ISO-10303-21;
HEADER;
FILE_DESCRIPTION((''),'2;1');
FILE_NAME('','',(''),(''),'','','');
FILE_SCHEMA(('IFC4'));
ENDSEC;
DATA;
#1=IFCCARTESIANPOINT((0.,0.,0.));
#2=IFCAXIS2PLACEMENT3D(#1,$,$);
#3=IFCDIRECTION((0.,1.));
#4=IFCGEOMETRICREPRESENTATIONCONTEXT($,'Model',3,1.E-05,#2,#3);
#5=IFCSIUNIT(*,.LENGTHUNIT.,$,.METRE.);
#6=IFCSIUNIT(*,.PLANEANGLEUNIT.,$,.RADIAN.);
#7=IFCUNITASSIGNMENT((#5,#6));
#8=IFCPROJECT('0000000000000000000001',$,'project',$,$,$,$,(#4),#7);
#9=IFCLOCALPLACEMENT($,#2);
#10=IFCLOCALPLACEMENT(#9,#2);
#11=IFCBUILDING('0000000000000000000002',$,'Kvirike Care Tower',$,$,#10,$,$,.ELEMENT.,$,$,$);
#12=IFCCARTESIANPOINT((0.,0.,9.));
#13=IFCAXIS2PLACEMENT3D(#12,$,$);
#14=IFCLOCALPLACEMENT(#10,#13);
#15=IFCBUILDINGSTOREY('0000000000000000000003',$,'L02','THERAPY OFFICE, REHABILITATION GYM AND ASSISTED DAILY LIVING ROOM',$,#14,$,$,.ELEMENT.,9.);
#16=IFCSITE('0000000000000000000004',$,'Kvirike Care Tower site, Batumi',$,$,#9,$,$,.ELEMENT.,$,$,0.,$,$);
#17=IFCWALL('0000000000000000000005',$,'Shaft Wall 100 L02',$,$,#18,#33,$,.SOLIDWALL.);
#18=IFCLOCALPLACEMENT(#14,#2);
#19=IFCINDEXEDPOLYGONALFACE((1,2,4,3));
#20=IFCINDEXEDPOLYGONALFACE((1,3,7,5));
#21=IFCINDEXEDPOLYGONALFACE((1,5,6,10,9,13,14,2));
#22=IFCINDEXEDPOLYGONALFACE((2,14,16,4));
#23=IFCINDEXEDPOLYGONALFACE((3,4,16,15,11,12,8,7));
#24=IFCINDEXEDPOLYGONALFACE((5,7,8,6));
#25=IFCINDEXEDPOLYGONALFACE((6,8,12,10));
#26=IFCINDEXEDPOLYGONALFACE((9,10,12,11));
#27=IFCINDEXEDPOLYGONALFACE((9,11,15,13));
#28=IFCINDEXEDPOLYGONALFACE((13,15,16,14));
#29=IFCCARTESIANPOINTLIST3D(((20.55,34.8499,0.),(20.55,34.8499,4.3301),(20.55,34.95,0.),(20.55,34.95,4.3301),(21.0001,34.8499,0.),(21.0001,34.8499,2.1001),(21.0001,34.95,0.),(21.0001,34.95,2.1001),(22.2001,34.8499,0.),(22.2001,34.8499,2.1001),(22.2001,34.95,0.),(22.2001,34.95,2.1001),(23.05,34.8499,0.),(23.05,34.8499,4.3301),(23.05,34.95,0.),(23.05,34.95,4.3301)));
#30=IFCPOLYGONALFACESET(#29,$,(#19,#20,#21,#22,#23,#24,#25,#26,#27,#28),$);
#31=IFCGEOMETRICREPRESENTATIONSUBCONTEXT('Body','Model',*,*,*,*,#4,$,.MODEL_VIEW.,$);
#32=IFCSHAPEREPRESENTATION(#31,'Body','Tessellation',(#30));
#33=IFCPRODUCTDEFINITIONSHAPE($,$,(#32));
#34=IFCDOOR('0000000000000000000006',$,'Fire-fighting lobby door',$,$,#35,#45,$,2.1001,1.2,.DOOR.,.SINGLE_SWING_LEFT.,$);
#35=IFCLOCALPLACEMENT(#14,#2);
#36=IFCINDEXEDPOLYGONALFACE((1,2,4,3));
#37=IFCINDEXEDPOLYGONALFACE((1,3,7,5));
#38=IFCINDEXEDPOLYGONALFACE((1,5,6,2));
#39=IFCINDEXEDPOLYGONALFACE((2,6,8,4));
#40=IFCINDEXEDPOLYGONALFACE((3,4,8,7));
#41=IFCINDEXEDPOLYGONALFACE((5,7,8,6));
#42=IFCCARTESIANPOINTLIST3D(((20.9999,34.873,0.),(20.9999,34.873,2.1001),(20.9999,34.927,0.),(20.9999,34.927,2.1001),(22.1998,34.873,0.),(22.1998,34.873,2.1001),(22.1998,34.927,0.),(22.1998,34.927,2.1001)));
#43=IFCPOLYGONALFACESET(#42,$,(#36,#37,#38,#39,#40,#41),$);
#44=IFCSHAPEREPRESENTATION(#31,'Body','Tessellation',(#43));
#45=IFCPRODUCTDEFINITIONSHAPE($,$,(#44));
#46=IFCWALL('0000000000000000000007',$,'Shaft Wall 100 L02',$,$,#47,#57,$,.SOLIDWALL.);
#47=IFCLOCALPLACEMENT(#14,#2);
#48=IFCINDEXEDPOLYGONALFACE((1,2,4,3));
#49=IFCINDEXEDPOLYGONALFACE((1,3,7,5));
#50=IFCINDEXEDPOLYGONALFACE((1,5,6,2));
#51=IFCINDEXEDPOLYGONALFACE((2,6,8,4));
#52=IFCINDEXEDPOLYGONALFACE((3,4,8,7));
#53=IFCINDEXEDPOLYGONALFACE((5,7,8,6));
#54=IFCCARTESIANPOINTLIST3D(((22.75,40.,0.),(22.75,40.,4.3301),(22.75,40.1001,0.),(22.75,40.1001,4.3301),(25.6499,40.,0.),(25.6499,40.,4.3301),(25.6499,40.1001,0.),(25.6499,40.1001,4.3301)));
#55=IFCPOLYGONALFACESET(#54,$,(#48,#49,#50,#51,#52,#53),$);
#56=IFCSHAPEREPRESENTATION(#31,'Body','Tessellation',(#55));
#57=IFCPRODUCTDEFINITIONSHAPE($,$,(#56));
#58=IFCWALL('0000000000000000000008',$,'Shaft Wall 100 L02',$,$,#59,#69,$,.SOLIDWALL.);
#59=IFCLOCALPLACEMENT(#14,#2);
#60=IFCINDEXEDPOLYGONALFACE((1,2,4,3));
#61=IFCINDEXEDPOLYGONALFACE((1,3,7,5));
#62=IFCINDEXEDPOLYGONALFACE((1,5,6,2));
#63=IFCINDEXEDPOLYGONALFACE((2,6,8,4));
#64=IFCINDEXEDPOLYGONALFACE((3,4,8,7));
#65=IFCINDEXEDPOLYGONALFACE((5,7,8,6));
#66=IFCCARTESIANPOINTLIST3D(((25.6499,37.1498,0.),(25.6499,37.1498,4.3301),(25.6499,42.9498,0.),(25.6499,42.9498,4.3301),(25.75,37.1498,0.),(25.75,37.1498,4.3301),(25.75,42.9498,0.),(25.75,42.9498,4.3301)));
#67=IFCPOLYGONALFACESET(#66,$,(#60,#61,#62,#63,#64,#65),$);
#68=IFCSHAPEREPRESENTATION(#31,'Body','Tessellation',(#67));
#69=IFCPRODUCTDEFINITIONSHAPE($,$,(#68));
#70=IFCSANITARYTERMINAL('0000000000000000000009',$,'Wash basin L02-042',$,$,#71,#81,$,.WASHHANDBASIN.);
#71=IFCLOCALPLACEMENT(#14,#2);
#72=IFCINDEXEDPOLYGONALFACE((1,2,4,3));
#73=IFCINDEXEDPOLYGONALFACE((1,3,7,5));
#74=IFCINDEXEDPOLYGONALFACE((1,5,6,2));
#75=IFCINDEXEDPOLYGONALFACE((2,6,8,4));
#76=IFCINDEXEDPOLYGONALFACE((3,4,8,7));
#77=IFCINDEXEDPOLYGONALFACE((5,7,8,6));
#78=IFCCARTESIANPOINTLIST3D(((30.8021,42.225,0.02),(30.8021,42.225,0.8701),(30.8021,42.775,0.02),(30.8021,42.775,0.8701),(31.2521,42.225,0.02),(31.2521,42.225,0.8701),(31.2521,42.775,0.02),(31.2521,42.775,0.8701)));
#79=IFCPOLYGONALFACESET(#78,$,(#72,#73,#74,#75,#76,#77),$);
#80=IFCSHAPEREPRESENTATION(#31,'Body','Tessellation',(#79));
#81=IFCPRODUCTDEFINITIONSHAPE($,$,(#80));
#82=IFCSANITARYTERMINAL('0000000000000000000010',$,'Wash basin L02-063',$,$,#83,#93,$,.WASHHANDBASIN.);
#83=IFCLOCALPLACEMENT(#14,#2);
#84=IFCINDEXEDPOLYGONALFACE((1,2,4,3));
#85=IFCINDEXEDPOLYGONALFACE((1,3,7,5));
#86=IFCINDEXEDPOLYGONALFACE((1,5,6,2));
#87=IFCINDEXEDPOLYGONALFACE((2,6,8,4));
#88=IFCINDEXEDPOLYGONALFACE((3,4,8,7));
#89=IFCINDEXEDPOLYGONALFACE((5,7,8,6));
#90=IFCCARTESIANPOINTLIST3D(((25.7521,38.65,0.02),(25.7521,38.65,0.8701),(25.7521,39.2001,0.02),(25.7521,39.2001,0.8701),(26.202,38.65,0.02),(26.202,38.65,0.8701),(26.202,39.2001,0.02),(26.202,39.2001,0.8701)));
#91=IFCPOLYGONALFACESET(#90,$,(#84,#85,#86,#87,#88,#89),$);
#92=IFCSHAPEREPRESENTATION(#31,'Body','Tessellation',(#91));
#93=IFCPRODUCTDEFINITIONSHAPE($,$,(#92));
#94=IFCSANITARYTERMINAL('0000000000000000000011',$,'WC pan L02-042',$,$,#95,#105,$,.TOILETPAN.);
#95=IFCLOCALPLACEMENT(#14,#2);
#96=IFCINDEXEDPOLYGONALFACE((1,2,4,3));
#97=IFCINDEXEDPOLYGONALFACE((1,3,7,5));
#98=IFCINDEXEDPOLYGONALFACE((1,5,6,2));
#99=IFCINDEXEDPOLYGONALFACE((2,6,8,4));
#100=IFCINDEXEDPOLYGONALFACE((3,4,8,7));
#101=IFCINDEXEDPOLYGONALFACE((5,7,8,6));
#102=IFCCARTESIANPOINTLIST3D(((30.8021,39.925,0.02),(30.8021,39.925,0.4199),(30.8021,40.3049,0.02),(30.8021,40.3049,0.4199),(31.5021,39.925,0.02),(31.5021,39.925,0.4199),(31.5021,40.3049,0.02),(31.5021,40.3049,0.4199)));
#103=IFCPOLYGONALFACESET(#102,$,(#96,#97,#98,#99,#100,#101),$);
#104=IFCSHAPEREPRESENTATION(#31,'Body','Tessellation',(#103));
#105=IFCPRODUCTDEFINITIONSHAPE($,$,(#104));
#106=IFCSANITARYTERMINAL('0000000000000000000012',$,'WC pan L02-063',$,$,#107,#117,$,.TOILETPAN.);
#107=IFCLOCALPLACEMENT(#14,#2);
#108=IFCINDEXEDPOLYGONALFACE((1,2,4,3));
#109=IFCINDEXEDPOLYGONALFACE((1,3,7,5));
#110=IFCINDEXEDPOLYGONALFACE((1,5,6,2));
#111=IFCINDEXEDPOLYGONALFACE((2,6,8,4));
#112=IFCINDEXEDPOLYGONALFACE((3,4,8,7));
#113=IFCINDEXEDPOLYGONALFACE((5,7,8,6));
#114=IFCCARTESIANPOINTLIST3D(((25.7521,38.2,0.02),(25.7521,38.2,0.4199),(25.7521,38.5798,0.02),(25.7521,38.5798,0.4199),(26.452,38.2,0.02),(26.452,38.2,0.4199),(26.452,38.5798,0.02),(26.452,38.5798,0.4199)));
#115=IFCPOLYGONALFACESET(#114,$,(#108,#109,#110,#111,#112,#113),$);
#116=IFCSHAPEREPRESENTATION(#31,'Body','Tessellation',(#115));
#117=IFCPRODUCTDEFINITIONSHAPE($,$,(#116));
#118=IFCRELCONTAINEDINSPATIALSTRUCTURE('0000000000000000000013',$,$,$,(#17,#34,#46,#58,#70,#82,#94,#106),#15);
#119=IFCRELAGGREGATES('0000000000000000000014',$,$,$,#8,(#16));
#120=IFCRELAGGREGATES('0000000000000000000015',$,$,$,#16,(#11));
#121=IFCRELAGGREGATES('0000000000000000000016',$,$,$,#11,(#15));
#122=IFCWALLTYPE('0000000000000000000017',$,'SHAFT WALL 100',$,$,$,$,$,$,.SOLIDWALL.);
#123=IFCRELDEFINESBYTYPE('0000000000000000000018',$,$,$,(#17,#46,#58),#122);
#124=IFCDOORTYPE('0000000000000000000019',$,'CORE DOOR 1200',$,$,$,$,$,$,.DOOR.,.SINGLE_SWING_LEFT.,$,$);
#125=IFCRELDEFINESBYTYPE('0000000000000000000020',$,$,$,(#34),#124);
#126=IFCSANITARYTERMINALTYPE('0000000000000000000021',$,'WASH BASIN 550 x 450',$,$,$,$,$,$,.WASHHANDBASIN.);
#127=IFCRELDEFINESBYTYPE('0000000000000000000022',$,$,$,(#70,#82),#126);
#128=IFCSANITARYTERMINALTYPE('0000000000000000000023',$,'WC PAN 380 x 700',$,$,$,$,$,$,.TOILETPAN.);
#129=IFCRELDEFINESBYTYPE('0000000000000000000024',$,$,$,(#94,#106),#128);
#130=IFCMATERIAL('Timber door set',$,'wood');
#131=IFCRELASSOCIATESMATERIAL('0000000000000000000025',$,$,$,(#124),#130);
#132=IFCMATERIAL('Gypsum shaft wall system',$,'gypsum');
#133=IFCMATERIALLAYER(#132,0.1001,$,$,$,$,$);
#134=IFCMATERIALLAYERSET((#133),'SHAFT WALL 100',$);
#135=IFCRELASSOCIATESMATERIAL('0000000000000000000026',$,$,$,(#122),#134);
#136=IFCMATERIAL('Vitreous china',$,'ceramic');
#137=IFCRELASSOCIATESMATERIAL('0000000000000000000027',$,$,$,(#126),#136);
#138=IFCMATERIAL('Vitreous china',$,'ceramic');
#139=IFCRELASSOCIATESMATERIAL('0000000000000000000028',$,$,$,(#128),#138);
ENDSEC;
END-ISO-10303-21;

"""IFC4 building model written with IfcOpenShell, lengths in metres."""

from ifc_helpers import new_model, si_unit, direction, frame, frame_2d, origin, origin_2d, place, context, subcontext, project, spatial, rectangle, extrude, material, layer, layer_set, type_object, element, fill, save


model = new_model("IFC4")

# Units and contexts
model_context = context("Model", 3, precision=1e-05, world=origin(), true_north=direction((0.0, 1.0)))
body_context = subcontext(model_context, "Body", "Model", "MODEL_VIEW")
ifc_project = project(units=[si_unit("LENGTHUNIT", "METRE"), si_unit("PLANEANGLEUNIT", "RADIAN")], contexts=[model_context])

# Site, building, storey
site_placement = place(None, origin())
site = spatial("IfcSite", under=ifc_project, at=site_placement, Name="Kvirike Care Tower site, Batumi", CompositionType="ELEMENT", RefElevation=0.0)
building_placement = place(site_placement, origin())
building = spatial("IfcBuilding", under=site, at=building_placement, Name="Kvirike Care Tower", CompositionType="ELEMENT")
storey_placement = place(building_placement, frame((0.0, 0.0, 9.0)))
storey = spatial("IfcBuildingStorey", under=building, at=storey_placement, Name="L02", Description="THERAPY OFFICE, REHABILITATION GYM AND ASSISTED DAILY LIVING ROOM", CompositionType="ELEMENT", Elevation=9.0)

# Shared definitions
ifc_material_1 = material(Name="Timber door set", Category="wood")
door_type_1 = type_object("IfcDoorType", Name="CORE DOOR 1200", OperationType="SINGLE_SWING_LEFT", PredefinedType="DOOR", material=ifc_material_1)

# Shared definitions
ifc_material_2 = material(Name="Gypsum shaft wall system", Category="gypsum")
ifc_layer_1 = layer(ifc_material_2, 0.1001)
ifc_layer_set_1 = layer_set([ifc_layer_1], Name="SHAFT WALL 100")
wall_type_1 = type_object("IfcWallType", Name="SHAFT WALL 100", PredefinedType="SOLIDWALL", material=ifc_layer_set_1)

# Wall, opening, door
wall_1_placement = place(storey_placement, frame((20.55, 34.8999, 0.0), z_axis=(0.0, 0.0, 1.0), x_axis=(1.0, 0.0, 0.0)))
wall_1 = element("IfcWall", 1, at=wall_1_placement, inside=storey, type_object=wall_type_1, Name="Shaft Wall 100 L02", PredefinedType="SOLIDWALL", context=body_context, shape_type="SweptSolid", body=[
    extrude(rectangle(XDim=2.5, YDim=0.1001, at=frame_2d((1.25, 0.0))), origin(), (0.0, 0.0, 1.0), 4.3301),
])
opening_1_placement = place(wall_1_placement, frame((0.45, 0.0, 0.0)))
opening_1 = element("IfcOpeningElement", 2, at=opening_1_placement, cuts=wall_1, PredefinedType="OPENING", context=body_context, shape_type="SweptSolid", body=[
    extrude(rectangle(XDim=1.2, YDim=2.1001, at=frame_2d((0.6001, 1.05))), frame((0.0, 0.0605, 0.0), z_axis=(0.0, -1.0, 0.0), x_axis=(1.0, 0.0, 0.0)), (0.0, 0.0, 1.0), 0.1211),
])
door_1_placement = place(opening_1_placement, frame((1.2, 0.0, 0.0), z_axis=(0.0, 0.0, 1.0), x_axis=(-1.0, 0.0, 0.0)))
door_1 = element("IfcDoor", 3, at=door_1_placement, inside=storey, type_object=door_type_1, Name="Fire-fighting lobby door", OperationType="SINGLE_SWING_LEFT", OverallHeight=2.1001, OverallWidth=1.2, PredefinedType="DOOR", context=body_context, shape_type="SweptSolid", body=[
    extrude(rectangle(XDim=1.2, YDim=2.1001, at=frame_2d((0.6001, 1.05))), frame((0.0, 0.0269, 0.0), z_axis=(0.0, -1.0, 0.0), x_axis=(1.0, 0.0, 0.0)), (0.0, 0.0, 1.0), 0.054),
])
fill(opening_1, door_1)

# Walls
wall_2_placement = place(storey_placement, frame((22.75, 40.05, 0.0), z_axis=(0.0, 0.0, 1.0), x_axis=(1.0, 0.0, 0.0)))
element("IfcWall", 4, at=wall_2_placement, inside=storey, type_object=wall_type_1, Name="Shaft Wall 100 L02", PredefinedType="SOLIDWALL", context=body_context, shape_type="SweptSolid", body=[
    extrude(rectangle(XDim=2.8999, YDim=0.1001, at=frame_2d((1.45, 0.0))), origin(), (0.0, 0.0, 1.0), 4.3301),
])
wall_3_placement = place(storey_placement, frame((25.7, 37.1499, 0.0), z_axis=(0.0, 0.0, 1.0), x_axis=(0.0, 1.0, 0.0)))
element("IfcWall", 5, at=wall_3_placement, inside=storey, type_object=wall_type_1, Name="Shaft Wall 100 L02", PredefinedType="SOLIDWALL", context=body_context, shape_type="SweptSolid", body=[
    extrude(rectangle(XDim=5.8, YDim=0.1001, at=frame_2d((2.8999, 0.0))), origin(), (0.0, 0.0, 1.0), 4.3301),
])

# Sanitary terminals
ifc_material_3 = material(Name="Vitreous china", Category="ceramic")
sanitary_terminal_type_1 = type_object("IfcSanitaryTerminalType", Name="WASH BASIN 550 x 450", PredefinedType="WASHHANDBASIN", material=ifc_material_3)
for number, where, z_axis, x_axis, name in (
    (6, (31.0271, 42.5, 0.02), (0.0, 0.0, 1.0), (0.0, 1.0, 0.0), "Wash basin L02-042"),
    (7, (25.9771, 38.925, 0.02), (0.0, 0.0, 1.0), (0.0, 1.0, 0.0), "Wash basin L02-063"),
):
    element("IfcSanitaryTerminal", number, at=place(storey_placement, frame(where, z_axis=z_axis, x_axis=x_axis)), inside=storey, type_object=sanitary_terminal_type_1, Name=name, PredefinedType="WASHHANDBASIN", context=body_context, shape_type="SweptSolid", body=[
        extrude(rectangle(XDim=0.55, YDim=0.45, at=origin_2d()), origin(), (0.0, 0.0, 1.0), 0.8501),
    ])
ifc_material_4 = material(Name="Vitreous china", Category="ceramic")
sanitary_terminal_type_2 = type_object("IfcSanitaryTerminalType", Name="WC PAN 380 x 700", PredefinedType="TOILETPAN", material=ifc_material_4)
for number, where, z_axis, x_axis, name in (
    (8, (31.1521, 40.115, 0.02), (0.0, 0.0, 1.0), (0.0, 1.0, 0.0), "WC pan L02-042"),
    (9, (26.1021, 38.3899, 0.02), (0.0, 0.0, 1.0), (0.0, 1.0, 0.0), "WC pan L02-063"),
):
    element("IfcSanitaryTerminal", number, at=place(storey_placement, frame(where, z_axis=z_axis, x_axis=x_axis)), inside=storey, type_object=sanitary_terminal_type_2, Name=name, PredefinedType="TOILETPAN", context=body_context, shape_type="SweptSolid", body=[
        extrude(rectangle(XDim=0.3799, YDim=0.7, at=origin_2d()), origin(), (0.0, 0.0, 1.0), 0.3999),
    ])

save(model, "model.ifc")
